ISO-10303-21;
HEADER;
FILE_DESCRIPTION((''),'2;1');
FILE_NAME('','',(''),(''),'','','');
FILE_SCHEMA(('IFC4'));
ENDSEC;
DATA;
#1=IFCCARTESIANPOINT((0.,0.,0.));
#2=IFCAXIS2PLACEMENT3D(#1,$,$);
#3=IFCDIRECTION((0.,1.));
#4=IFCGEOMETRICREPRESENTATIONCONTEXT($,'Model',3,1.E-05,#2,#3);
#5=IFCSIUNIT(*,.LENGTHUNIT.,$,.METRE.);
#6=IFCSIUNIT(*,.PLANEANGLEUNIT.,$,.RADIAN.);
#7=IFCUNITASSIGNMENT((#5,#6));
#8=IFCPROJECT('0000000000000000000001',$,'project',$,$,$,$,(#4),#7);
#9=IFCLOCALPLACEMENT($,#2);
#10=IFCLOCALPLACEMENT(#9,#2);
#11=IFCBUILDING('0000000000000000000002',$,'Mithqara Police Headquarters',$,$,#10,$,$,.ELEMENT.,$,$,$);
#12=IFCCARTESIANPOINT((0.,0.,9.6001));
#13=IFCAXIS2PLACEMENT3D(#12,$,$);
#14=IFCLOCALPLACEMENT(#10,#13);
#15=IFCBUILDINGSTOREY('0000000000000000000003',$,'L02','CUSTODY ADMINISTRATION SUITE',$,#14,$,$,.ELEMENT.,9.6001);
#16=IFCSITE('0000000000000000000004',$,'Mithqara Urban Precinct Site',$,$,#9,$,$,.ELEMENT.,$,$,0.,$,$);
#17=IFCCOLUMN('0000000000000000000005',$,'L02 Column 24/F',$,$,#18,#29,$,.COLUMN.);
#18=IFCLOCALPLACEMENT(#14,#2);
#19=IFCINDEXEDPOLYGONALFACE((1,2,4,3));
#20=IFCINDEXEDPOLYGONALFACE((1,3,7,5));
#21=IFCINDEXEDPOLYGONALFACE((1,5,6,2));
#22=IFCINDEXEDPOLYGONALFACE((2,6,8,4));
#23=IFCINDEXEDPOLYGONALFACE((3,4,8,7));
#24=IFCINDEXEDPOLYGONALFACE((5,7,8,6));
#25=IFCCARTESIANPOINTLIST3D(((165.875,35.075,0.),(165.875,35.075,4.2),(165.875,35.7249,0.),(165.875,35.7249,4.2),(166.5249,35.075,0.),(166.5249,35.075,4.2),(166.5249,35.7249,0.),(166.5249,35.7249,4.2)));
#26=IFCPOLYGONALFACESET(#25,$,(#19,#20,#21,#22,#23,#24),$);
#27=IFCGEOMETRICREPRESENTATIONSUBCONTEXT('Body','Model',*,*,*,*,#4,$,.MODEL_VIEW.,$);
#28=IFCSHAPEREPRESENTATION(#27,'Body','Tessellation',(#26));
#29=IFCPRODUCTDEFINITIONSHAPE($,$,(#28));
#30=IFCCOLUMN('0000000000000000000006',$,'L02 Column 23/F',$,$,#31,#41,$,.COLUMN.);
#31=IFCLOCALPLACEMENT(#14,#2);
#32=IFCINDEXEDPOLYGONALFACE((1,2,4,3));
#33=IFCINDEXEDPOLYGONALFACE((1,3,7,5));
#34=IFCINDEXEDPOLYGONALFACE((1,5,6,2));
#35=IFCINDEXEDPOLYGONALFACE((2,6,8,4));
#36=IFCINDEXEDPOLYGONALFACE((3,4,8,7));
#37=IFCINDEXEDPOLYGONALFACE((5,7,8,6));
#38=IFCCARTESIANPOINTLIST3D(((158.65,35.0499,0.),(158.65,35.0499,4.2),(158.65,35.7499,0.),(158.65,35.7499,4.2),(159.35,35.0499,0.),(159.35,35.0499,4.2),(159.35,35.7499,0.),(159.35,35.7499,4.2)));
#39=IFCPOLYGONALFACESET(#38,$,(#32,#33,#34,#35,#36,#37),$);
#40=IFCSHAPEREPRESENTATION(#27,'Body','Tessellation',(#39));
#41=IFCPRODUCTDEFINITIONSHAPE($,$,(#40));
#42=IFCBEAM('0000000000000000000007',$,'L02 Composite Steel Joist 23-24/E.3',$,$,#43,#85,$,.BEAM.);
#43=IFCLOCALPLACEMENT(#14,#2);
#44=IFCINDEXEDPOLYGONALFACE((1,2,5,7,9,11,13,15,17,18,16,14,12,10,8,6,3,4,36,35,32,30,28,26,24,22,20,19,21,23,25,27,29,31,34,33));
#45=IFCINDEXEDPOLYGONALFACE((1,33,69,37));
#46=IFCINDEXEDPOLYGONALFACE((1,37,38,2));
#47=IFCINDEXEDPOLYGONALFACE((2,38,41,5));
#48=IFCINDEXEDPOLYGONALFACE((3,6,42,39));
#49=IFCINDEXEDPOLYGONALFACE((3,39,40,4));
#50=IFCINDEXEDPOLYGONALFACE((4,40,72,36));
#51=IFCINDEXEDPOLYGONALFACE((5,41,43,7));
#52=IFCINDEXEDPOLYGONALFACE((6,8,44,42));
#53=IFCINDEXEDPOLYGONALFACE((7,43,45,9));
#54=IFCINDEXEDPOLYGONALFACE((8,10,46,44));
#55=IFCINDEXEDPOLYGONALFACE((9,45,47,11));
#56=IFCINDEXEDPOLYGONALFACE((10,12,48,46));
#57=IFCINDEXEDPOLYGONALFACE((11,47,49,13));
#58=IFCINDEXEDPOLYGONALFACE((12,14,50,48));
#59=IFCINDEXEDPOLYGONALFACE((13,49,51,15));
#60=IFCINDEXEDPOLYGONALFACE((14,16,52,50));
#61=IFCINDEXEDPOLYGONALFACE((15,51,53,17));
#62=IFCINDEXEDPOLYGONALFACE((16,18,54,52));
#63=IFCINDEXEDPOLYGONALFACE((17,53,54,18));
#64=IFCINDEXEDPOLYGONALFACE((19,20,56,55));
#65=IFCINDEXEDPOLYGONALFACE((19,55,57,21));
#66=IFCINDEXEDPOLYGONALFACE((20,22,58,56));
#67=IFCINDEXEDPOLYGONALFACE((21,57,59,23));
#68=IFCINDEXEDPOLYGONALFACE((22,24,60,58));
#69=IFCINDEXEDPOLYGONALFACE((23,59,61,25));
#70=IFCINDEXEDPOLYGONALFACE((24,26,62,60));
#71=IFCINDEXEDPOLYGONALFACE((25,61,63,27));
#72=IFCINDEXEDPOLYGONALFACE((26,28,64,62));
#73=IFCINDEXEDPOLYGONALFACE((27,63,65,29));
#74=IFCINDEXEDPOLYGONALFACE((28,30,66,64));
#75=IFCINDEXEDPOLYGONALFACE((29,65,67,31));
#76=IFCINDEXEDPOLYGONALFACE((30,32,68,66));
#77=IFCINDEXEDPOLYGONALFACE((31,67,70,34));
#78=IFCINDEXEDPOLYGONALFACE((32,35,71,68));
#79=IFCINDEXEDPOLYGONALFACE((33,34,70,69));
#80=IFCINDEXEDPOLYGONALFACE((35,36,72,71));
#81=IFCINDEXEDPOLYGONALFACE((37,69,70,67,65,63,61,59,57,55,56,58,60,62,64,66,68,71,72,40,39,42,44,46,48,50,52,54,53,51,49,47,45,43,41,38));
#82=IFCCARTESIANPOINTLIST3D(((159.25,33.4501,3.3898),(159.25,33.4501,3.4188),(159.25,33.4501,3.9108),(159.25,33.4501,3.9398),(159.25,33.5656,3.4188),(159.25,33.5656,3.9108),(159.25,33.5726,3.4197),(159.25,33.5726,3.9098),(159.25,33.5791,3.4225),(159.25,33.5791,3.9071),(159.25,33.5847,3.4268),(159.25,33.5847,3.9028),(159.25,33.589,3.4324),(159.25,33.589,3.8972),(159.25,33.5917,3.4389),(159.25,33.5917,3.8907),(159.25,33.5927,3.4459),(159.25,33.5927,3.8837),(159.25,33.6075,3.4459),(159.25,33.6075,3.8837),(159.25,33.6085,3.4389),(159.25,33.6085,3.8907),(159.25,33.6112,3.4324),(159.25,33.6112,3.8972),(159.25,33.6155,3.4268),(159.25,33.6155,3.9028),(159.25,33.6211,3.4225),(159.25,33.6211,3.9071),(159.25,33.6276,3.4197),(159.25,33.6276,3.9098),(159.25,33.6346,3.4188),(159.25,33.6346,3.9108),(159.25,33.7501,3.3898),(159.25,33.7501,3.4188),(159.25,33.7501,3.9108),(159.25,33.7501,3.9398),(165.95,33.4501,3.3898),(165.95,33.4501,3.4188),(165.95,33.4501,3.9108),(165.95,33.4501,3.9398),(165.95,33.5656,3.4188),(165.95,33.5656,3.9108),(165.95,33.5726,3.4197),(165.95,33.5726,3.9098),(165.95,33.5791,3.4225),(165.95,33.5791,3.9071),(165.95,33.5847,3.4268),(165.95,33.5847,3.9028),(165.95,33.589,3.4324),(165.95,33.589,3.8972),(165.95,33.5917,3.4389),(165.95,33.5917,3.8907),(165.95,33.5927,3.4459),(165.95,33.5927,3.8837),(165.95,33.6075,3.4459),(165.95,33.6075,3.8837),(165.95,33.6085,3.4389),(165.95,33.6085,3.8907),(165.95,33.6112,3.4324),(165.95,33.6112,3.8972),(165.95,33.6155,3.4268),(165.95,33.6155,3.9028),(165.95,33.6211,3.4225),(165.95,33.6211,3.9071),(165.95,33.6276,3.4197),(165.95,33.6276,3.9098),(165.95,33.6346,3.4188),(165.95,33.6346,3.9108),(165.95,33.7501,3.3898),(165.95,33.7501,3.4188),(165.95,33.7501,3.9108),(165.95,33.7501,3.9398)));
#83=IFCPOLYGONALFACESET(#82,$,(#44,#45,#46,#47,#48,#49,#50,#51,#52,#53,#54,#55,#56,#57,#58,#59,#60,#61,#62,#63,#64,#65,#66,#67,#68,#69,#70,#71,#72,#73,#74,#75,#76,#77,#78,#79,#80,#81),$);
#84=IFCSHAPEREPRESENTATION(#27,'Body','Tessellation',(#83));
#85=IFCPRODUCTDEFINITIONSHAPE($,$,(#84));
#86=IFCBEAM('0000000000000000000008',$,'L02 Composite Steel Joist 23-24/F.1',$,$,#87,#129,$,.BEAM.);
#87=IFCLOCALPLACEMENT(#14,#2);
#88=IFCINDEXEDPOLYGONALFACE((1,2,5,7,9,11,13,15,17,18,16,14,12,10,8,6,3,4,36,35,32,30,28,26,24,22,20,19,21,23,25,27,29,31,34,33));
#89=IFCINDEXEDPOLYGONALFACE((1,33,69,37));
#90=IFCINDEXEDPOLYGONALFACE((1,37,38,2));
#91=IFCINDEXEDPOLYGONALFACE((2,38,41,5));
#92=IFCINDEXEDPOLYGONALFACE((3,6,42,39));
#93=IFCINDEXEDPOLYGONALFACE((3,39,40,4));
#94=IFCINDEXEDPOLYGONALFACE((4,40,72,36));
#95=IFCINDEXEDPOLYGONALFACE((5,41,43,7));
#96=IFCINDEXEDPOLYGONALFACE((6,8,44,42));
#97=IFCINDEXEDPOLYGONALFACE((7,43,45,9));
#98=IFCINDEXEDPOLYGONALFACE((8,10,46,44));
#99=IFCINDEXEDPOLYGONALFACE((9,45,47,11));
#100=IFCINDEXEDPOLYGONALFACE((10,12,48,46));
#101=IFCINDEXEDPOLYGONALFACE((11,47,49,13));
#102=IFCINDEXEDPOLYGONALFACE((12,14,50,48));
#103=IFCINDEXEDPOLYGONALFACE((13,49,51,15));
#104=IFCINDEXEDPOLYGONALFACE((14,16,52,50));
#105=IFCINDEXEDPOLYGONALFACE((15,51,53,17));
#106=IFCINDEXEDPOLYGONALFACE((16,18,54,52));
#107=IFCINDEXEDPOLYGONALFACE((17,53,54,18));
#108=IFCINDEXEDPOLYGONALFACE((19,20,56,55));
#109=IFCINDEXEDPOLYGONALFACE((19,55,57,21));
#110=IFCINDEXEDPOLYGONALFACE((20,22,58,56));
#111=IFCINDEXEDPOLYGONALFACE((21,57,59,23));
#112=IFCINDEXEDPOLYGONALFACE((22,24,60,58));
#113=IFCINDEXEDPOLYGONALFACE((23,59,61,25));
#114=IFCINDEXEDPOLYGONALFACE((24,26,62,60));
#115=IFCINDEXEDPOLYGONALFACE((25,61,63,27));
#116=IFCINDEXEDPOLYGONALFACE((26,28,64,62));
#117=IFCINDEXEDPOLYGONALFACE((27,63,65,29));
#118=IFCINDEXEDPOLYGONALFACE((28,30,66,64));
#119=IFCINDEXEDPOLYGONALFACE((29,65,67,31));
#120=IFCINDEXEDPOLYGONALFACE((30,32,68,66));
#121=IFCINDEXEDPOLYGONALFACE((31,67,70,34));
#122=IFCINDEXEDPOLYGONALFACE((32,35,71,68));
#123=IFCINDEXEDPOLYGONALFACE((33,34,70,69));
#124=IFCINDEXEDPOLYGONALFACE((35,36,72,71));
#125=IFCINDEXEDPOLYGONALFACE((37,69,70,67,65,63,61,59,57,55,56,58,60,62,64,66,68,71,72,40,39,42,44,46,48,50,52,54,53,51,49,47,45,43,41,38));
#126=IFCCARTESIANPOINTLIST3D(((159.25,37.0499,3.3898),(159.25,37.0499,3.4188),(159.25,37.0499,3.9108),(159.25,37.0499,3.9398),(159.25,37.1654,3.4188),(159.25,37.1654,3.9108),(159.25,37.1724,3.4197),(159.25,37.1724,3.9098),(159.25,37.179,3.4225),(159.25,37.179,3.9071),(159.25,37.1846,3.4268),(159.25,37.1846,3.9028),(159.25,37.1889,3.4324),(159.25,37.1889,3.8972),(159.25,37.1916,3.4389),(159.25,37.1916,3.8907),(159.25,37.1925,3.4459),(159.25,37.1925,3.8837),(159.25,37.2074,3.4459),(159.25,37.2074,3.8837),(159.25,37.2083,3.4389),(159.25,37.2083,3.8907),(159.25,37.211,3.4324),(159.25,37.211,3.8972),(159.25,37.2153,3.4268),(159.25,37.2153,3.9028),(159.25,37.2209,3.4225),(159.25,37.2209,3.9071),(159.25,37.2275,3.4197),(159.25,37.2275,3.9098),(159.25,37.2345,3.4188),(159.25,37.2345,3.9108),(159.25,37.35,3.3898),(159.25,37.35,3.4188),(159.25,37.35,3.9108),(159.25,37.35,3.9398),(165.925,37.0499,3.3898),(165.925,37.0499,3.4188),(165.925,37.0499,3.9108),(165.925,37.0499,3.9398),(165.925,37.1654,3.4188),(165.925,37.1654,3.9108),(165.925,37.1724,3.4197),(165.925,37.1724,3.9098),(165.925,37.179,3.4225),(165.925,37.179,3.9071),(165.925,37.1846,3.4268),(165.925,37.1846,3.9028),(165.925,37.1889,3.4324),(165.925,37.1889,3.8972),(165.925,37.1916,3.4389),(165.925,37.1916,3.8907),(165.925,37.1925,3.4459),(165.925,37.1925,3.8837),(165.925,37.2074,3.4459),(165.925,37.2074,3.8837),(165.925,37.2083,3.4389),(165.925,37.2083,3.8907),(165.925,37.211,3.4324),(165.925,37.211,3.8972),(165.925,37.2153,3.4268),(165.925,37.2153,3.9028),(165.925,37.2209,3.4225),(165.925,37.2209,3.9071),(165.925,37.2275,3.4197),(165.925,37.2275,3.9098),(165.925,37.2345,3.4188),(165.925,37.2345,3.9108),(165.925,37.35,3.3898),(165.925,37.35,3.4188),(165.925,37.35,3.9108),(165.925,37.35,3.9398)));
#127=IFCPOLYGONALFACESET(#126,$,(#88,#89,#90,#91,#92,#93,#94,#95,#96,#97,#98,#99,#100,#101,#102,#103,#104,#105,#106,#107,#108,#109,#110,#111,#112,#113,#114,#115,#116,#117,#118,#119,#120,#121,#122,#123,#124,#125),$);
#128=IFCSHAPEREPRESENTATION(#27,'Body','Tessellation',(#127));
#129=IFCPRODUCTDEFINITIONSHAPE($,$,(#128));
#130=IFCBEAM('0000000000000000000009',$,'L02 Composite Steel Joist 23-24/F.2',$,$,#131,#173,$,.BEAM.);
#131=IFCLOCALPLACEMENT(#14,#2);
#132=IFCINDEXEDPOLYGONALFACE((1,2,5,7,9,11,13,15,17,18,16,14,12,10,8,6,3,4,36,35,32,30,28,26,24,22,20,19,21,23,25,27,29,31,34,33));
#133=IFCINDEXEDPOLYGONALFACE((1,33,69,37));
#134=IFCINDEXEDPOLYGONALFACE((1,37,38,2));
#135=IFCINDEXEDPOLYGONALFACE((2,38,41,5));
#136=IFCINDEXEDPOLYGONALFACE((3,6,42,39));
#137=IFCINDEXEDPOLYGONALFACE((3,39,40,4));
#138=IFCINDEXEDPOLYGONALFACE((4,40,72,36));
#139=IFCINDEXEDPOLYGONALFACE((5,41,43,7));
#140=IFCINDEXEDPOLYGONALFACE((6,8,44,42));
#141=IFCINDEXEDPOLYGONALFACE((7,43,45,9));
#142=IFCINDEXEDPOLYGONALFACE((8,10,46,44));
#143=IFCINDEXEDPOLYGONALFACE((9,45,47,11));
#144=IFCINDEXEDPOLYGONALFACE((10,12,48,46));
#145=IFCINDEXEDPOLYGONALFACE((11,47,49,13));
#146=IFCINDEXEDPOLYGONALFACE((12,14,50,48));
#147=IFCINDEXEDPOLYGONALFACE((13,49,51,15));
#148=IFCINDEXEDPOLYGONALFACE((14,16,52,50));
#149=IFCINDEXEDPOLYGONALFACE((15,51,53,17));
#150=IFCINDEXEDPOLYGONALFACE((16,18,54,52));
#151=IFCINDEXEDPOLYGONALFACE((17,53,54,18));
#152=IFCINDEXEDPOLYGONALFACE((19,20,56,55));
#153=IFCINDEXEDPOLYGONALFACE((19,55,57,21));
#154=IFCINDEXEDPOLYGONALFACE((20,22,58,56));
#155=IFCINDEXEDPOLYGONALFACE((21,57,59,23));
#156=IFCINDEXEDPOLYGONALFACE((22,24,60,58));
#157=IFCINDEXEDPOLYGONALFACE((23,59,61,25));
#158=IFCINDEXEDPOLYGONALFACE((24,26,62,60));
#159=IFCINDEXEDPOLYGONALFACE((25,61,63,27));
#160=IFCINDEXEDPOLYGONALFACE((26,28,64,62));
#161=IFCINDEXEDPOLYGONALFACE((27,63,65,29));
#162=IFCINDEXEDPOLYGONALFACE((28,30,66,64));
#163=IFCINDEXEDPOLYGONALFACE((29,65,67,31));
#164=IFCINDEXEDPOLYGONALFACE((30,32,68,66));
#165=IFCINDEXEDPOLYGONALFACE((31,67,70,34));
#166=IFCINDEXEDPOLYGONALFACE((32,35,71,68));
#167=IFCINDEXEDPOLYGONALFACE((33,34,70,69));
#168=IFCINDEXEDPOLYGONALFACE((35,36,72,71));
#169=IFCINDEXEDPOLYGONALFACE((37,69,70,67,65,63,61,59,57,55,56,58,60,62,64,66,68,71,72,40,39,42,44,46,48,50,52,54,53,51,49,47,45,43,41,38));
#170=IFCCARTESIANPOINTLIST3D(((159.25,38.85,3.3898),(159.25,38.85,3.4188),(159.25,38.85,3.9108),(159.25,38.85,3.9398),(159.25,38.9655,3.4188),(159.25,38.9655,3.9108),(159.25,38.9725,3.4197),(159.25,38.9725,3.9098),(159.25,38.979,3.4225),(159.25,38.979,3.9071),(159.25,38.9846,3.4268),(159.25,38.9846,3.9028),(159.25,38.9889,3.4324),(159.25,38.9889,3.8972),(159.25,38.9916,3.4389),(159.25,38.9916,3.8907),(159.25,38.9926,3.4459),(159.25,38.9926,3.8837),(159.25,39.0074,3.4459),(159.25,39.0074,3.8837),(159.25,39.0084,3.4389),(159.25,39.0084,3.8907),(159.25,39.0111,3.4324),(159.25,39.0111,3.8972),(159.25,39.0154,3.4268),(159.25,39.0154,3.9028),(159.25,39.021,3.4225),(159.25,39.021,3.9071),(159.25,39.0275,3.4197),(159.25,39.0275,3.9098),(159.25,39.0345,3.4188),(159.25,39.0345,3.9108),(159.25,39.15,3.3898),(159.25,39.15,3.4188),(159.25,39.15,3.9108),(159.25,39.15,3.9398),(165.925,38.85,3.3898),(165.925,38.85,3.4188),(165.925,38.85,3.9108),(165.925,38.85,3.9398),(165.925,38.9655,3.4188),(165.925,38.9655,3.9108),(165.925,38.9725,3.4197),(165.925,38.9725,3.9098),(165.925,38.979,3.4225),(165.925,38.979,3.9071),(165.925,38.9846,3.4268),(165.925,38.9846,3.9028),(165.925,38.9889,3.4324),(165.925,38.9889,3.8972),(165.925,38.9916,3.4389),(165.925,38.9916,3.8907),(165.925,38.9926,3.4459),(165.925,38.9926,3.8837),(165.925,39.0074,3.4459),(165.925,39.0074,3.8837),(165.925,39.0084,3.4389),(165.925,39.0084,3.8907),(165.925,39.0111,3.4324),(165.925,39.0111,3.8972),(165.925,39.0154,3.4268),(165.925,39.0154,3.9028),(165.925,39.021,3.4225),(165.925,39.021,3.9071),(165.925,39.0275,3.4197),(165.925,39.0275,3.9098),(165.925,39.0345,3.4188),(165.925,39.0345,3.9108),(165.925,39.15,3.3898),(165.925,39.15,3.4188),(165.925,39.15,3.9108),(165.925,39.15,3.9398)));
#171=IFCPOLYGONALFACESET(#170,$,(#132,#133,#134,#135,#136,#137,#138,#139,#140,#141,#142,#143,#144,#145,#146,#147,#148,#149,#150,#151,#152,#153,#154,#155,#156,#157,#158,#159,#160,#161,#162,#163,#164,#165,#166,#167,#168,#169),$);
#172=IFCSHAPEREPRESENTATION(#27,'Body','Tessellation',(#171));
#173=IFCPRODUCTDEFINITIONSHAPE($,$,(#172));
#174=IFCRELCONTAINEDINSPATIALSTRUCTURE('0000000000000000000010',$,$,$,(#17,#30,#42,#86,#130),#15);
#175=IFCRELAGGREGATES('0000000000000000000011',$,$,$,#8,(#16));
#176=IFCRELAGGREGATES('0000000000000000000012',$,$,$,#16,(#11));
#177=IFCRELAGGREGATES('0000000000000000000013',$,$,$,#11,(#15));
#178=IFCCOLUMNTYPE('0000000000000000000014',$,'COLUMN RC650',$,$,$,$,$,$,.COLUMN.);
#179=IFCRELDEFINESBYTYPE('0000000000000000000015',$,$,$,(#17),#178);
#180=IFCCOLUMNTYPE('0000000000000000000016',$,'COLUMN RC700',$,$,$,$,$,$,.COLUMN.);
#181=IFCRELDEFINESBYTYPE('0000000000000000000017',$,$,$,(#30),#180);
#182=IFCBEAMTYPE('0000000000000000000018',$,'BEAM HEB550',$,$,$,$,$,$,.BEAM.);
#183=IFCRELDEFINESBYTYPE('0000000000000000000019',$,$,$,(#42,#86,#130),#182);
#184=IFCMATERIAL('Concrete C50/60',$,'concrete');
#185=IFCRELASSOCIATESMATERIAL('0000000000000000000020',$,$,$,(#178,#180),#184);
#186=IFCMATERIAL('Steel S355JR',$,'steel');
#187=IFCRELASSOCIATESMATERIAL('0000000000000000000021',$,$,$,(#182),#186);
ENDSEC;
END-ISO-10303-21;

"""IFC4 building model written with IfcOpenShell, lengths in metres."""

from ifc_helpers import new_model, si_unit, direction, frame, origin, origin_2d, place, context, subcontext, project, spatial, rectangle, i_section, extrude, material, material_profile, profile_set, type_object, element, save


model = new_model("IFC4")

# Units and contexts
model_context = context("Model", 3, precision=1e-05, world=origin(), true_north=direction((0.0, 1.0)))
body_context = subcontext(model_context, "Body", "Model", "MODEL_VIEW")
ifc_project = project(units=[si_unit("LENGTHUNIT", "METRE"), si_unit("PLANEANGLEUNIT", "RADIAN")], contexts=[model_context])

# Site, building, storey
site_placement = place(None, origin())
site = spatial("IfcSite", under=ifc_project, at=site_placement, Name="Mithqara Urban Precinct Site", CompositionType="ELEMENT", RefElevation=0.0)
building_placement = place(site_placement, origin())
building = spatial("IfcBuilding", under=site, at=building_placement, Name="Mithqara Police Headquarters", CompositionType="ELEMENT")
storey_placement = place(building_placement, frame((0.0, 0.0, 9.6001)))
storey = spatial("IfcBuildingStorey", under=building, at=storey_placement, Name="L02", Description="CUSTODY ADMINISTRATION SUITE", CompositionType="ELEMENT", Elevation=9.6001)

# Columns
ifc_material_1 = material(Name="Concrete C50/60", Category="concrete")
ifc_material_profile_1 = material_profile(ifc_material_1, rectangle(XDim=0.6499, YDim=0.6499, at=origin_2d()), Name="RC 650x650")
ifc_profile_set_1 = profile_set([ifc_material_profile_1], Name="Concrete C50/60")
column_type_1 = type_object("IfcColumnType", Name="COLUMN RC650", PredefinedType="COLUMN", material=ifc_profile_set_1)
column_1_placement = place(storey_placement, frame((166.2, 35.3999, 0.0), z_axis=(0.0, 0.0, 1.0), x_axis=(1.0, 0.0, 0.0)))
element("IfcColumn", 1, at=column_1_placement, inside=storey, type_object=column_type_1, Name="L02 Column 24/F", PredefinedType="COLUMN", context=body_context, shape_type="SweptSolid", body=[
    extrude(rectangle(XDim=0.6499, YDim=0.6499, at=origin_2d()), origin(), (0.0, 0.0, 1.0), 4.2),
])
ifc_material_profile_2 = material_profile(ifc_material_1, rectangle(XDim=0.7, YDim=0.7, at=origin_2d()), Name="RC 700x700")
ifc_profile_set_2 = profile_set([ifc_material_profile_2], Name="Concrete C50/60")
column_type_2 = type_object("IfcColumnType", Name="COLUMN RC700", PredefinedType="COLUMN", material=ifc_profile_set_2)
column_2_placement = place(storey_placement, frame((159.0, 35.3999, 0.0), z_axis=(0.0, 0.0, 1.0), x_axis=(1.0, 0.0, 0.0)))
element("IfcColumn", 2, at=column_2_placement, inside=storey, type_object=column_type_2, Name="L02 Column 23/F", PredefinedType="COLUMN", context=body_context, shape_type="SweptSolid", body=[
    extrude(rectangle(XDim=0.7, YDim=0.7, at=origin_2d()), origin(), (0.0, 0.0, 1.0), 4.2),
])

# Beams
ifc_material_2 = material(Name="Steel S355JR", Category="steel")
ifc_material_profile_3 = material_profile(ifc_material_2, i_section(OverallWidth=0.3, OverallDepth=0.55, WebThickness=0.0149, FlangeThickness=0.0291, FilletRadius=0.0271, at=origin_2d()), Name="HEB 550")
ifc_profile_set_3 = profile_set([ifc_material_profile_3], Name="Steel S355JR")
beam_type_1 = type_object("IfcBeamType", Name="BEAM HEB550", PredefinedType="BEAM", material=ifc_profile_set_3)
beam_1_placement = place(storey_placement, frame((159.25, 33.6001, 3.6648), z_axis=(1.0, 0.0, 0.0), x_axis=(0.0, 1.0, 0.0)))
element("IfcBeam", 3, at=beam_1_placement, inside=storey, type_object=beam_type_1, Name="L02 Composite Steel Joist 23-24/E.3", PredefinedType="BEAM", context=body_context, shape_type="SweptSolid", body=[
    extrude(i_section(OverallWidth=0.3, OverallDepth=0.55, WebThickness=0.0149, FlangeThickness=0.0291, FilletRadius=0.0271, at=origin_2d()), origin(), (0.0, 0.0, 1.0), 6.7),
])
for number, where, z_axis, x_axis, name in (
    (4, (159.25, 37.2, 3.6648), (1.0, 0.0, 0.0), (0.0, 1.0, 0.0), "L02 Composite Steel Joist 23-24/F.1"),
    (5, (159.25, 39.0, 3.6648), (1.0, 0.0, 0.0), (0.0, 1.0, 0.0), "L02 Composite Steel Joist 23-24/F.2"),
):
    element("IfcBeam", number, at=place(storey_placement, frame(where, z_axis=z_axis, x_axis=x_axis)), inside=storey, type_object=beam_type_1, Name=name, PredefinedType="BEAM", context=body_context, shape_type="SweptSolid", body=[
        extrude(i_section(OverallWidth=0.3, OverallDepth=0.55, WebThickness=0.0149, FlangeThickness=0.0291, FilletRadius=0.0271, at=origin_2d()), origin(), (0.0, 0.0, 1.0), 6.675),
    ])

save(model, "model.ifc")
